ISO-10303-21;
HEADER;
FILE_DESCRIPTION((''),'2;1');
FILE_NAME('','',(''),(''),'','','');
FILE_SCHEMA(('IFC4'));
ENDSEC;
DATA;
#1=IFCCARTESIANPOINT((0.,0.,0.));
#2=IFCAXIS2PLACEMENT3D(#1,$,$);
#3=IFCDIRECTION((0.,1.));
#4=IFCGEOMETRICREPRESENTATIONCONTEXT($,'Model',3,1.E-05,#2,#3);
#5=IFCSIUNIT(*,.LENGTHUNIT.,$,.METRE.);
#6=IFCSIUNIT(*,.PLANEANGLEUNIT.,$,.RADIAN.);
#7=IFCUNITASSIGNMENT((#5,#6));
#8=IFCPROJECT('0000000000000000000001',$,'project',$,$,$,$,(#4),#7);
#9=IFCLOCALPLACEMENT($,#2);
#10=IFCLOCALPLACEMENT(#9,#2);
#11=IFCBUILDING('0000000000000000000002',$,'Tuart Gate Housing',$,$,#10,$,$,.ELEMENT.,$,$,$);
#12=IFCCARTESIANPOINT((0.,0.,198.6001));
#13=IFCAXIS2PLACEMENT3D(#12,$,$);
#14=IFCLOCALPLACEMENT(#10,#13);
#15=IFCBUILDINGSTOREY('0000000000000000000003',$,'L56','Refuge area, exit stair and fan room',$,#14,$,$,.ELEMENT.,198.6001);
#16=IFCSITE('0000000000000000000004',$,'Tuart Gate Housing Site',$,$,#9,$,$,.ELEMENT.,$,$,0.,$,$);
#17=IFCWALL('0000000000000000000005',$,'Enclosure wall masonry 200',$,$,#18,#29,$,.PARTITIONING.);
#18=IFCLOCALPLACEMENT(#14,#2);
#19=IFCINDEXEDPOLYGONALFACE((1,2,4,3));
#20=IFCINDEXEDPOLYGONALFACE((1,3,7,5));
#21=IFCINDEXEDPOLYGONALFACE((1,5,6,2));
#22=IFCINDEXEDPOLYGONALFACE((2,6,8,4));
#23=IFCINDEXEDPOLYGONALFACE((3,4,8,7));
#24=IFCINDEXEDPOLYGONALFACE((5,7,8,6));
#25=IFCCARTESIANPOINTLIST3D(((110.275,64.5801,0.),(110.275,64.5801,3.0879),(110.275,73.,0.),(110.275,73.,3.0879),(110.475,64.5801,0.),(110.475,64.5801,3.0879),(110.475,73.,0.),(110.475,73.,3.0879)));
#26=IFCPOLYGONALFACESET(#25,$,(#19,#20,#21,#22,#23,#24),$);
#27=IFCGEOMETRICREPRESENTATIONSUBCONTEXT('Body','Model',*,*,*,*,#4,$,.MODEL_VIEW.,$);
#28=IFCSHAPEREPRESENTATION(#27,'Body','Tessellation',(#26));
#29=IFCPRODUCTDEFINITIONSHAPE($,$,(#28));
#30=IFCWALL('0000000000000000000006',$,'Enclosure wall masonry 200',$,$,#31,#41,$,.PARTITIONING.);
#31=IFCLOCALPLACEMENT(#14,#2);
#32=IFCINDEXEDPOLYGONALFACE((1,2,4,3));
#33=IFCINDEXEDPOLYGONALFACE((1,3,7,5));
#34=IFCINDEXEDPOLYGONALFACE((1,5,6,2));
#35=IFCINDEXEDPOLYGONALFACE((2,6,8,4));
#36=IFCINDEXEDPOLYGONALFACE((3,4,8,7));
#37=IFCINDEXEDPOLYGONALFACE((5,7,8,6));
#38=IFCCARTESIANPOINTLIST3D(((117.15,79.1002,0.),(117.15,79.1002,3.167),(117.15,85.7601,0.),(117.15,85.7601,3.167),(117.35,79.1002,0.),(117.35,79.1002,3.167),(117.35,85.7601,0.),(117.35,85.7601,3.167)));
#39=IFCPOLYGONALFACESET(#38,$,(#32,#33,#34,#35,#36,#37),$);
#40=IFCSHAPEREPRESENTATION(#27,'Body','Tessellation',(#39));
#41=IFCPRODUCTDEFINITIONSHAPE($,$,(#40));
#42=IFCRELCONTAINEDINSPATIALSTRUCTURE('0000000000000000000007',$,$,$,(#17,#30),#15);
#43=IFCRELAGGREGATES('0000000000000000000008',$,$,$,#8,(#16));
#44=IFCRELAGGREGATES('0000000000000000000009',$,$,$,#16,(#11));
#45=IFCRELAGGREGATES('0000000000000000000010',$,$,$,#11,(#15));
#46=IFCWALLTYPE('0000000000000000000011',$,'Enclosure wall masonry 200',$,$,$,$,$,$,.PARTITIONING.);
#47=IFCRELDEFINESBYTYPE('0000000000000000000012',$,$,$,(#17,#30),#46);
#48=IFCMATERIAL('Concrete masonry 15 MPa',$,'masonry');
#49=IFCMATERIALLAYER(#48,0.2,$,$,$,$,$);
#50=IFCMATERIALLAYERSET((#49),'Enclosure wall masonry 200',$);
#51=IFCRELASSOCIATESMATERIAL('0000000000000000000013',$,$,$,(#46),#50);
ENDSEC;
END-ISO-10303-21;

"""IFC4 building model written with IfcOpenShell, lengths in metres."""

from ifc_helpers import new_model, si_unit, direction, frame, frame_2d, origin, place, context, subcontext, project, spatial, rectangle, extrude, material, layer, layer_set, type_object, element, save


model = new_model("IFC4")

# Units and contexts
model_context = context("Model", 3, precision=1e-05, world=origin(), true_north=direction((0.0, 1.0)))
body_context = subcontext(model_context, "Body", "Model", "MODEL_VIEW")
ifc_project = project(units=[si_unit("LENGTHUNIT", "METRE"), si_unit("PLANEANGLEUNIT", "RADIAN")], contexts=[model_context])

# Site, building, storey
site_placement = place(None, origin())
site = spatial("IfcSite", under=ifc_project, at=site_placement, Name="Tuart Gate Housing Site", CompositionType="ELEMENT", RefElevation=0.0)
building_placement = place(site_placement, origin())
building = spatial("IfcBuilding", under=site, at=building_placement, Name="Tuart Gate Housing", CompositionType="ELEMENT")
storey_placement = place(building_placement, frame((0.0, 0.0, 198.6001)))
storey = spatial("IfcBuildingStorey", under=building, at=storey_placement, Name="L56", Description="Refuge area, exit stair and fan room", CompositionType="ELEMENT", Elevation=198.6001)

# Walls
ifc_material_1 = material(Name="Concrete masonry 15 MPa", Category="masonry")
ifc_layer = layer(ifc_material_1, 0.2)
ifc_layer_set = layer_set([ifc_layer], Name="Enclosure wall masonry 200")
wall_type = type_object("IfcWallType", Name="Enclosure wall masonry 200", PredefinedType="PARTITIONING", material=ifc_layer_set)
wall_1_placement = place(storey_placement, frame((110.375, 64.5801, 0.0), z_axis=(0.0, 0.0, 1.0), x_axis=(0.0, 1.0, 0.0)))
element("IfcWall", 1, at=wall_1_placement, inside=storey, type_object=wall_type, Name="Enclosure wall masonry 200", PredefinedType="PARTITIONING", context=body_context, shape_type="SweptSolid", body=[
    extrude(rectangle(XDim=8.4199, YDim=0.2, at=frame_2d((4.21, 0.0))), origin(), (0.0, 0.0, 1.0), 3.0879),
])
wall_2_placement = place(storey_placement, frame((117.25, 79.1001, 0.0), z_axis=(0.0, 0.0, 1.0), x_axis=(0.0, 1.0, 0.0)))
element("IfcWall", 2, at=wall_2_placement, inside=storey, type_object=wall_type, Name="Enclosure wall masonry 200", PredefinedType="PARTITIONING", context=body_context, shape_type="SweptSolid", body=[
    extrude(rectangle(XDim=6.6599, YDim=0.2, at=frame_2d((3.3301, 0.0))), origin(), (0.0, 0.0, 1.0), 3.167),
])

save(model, "model.ifc")
